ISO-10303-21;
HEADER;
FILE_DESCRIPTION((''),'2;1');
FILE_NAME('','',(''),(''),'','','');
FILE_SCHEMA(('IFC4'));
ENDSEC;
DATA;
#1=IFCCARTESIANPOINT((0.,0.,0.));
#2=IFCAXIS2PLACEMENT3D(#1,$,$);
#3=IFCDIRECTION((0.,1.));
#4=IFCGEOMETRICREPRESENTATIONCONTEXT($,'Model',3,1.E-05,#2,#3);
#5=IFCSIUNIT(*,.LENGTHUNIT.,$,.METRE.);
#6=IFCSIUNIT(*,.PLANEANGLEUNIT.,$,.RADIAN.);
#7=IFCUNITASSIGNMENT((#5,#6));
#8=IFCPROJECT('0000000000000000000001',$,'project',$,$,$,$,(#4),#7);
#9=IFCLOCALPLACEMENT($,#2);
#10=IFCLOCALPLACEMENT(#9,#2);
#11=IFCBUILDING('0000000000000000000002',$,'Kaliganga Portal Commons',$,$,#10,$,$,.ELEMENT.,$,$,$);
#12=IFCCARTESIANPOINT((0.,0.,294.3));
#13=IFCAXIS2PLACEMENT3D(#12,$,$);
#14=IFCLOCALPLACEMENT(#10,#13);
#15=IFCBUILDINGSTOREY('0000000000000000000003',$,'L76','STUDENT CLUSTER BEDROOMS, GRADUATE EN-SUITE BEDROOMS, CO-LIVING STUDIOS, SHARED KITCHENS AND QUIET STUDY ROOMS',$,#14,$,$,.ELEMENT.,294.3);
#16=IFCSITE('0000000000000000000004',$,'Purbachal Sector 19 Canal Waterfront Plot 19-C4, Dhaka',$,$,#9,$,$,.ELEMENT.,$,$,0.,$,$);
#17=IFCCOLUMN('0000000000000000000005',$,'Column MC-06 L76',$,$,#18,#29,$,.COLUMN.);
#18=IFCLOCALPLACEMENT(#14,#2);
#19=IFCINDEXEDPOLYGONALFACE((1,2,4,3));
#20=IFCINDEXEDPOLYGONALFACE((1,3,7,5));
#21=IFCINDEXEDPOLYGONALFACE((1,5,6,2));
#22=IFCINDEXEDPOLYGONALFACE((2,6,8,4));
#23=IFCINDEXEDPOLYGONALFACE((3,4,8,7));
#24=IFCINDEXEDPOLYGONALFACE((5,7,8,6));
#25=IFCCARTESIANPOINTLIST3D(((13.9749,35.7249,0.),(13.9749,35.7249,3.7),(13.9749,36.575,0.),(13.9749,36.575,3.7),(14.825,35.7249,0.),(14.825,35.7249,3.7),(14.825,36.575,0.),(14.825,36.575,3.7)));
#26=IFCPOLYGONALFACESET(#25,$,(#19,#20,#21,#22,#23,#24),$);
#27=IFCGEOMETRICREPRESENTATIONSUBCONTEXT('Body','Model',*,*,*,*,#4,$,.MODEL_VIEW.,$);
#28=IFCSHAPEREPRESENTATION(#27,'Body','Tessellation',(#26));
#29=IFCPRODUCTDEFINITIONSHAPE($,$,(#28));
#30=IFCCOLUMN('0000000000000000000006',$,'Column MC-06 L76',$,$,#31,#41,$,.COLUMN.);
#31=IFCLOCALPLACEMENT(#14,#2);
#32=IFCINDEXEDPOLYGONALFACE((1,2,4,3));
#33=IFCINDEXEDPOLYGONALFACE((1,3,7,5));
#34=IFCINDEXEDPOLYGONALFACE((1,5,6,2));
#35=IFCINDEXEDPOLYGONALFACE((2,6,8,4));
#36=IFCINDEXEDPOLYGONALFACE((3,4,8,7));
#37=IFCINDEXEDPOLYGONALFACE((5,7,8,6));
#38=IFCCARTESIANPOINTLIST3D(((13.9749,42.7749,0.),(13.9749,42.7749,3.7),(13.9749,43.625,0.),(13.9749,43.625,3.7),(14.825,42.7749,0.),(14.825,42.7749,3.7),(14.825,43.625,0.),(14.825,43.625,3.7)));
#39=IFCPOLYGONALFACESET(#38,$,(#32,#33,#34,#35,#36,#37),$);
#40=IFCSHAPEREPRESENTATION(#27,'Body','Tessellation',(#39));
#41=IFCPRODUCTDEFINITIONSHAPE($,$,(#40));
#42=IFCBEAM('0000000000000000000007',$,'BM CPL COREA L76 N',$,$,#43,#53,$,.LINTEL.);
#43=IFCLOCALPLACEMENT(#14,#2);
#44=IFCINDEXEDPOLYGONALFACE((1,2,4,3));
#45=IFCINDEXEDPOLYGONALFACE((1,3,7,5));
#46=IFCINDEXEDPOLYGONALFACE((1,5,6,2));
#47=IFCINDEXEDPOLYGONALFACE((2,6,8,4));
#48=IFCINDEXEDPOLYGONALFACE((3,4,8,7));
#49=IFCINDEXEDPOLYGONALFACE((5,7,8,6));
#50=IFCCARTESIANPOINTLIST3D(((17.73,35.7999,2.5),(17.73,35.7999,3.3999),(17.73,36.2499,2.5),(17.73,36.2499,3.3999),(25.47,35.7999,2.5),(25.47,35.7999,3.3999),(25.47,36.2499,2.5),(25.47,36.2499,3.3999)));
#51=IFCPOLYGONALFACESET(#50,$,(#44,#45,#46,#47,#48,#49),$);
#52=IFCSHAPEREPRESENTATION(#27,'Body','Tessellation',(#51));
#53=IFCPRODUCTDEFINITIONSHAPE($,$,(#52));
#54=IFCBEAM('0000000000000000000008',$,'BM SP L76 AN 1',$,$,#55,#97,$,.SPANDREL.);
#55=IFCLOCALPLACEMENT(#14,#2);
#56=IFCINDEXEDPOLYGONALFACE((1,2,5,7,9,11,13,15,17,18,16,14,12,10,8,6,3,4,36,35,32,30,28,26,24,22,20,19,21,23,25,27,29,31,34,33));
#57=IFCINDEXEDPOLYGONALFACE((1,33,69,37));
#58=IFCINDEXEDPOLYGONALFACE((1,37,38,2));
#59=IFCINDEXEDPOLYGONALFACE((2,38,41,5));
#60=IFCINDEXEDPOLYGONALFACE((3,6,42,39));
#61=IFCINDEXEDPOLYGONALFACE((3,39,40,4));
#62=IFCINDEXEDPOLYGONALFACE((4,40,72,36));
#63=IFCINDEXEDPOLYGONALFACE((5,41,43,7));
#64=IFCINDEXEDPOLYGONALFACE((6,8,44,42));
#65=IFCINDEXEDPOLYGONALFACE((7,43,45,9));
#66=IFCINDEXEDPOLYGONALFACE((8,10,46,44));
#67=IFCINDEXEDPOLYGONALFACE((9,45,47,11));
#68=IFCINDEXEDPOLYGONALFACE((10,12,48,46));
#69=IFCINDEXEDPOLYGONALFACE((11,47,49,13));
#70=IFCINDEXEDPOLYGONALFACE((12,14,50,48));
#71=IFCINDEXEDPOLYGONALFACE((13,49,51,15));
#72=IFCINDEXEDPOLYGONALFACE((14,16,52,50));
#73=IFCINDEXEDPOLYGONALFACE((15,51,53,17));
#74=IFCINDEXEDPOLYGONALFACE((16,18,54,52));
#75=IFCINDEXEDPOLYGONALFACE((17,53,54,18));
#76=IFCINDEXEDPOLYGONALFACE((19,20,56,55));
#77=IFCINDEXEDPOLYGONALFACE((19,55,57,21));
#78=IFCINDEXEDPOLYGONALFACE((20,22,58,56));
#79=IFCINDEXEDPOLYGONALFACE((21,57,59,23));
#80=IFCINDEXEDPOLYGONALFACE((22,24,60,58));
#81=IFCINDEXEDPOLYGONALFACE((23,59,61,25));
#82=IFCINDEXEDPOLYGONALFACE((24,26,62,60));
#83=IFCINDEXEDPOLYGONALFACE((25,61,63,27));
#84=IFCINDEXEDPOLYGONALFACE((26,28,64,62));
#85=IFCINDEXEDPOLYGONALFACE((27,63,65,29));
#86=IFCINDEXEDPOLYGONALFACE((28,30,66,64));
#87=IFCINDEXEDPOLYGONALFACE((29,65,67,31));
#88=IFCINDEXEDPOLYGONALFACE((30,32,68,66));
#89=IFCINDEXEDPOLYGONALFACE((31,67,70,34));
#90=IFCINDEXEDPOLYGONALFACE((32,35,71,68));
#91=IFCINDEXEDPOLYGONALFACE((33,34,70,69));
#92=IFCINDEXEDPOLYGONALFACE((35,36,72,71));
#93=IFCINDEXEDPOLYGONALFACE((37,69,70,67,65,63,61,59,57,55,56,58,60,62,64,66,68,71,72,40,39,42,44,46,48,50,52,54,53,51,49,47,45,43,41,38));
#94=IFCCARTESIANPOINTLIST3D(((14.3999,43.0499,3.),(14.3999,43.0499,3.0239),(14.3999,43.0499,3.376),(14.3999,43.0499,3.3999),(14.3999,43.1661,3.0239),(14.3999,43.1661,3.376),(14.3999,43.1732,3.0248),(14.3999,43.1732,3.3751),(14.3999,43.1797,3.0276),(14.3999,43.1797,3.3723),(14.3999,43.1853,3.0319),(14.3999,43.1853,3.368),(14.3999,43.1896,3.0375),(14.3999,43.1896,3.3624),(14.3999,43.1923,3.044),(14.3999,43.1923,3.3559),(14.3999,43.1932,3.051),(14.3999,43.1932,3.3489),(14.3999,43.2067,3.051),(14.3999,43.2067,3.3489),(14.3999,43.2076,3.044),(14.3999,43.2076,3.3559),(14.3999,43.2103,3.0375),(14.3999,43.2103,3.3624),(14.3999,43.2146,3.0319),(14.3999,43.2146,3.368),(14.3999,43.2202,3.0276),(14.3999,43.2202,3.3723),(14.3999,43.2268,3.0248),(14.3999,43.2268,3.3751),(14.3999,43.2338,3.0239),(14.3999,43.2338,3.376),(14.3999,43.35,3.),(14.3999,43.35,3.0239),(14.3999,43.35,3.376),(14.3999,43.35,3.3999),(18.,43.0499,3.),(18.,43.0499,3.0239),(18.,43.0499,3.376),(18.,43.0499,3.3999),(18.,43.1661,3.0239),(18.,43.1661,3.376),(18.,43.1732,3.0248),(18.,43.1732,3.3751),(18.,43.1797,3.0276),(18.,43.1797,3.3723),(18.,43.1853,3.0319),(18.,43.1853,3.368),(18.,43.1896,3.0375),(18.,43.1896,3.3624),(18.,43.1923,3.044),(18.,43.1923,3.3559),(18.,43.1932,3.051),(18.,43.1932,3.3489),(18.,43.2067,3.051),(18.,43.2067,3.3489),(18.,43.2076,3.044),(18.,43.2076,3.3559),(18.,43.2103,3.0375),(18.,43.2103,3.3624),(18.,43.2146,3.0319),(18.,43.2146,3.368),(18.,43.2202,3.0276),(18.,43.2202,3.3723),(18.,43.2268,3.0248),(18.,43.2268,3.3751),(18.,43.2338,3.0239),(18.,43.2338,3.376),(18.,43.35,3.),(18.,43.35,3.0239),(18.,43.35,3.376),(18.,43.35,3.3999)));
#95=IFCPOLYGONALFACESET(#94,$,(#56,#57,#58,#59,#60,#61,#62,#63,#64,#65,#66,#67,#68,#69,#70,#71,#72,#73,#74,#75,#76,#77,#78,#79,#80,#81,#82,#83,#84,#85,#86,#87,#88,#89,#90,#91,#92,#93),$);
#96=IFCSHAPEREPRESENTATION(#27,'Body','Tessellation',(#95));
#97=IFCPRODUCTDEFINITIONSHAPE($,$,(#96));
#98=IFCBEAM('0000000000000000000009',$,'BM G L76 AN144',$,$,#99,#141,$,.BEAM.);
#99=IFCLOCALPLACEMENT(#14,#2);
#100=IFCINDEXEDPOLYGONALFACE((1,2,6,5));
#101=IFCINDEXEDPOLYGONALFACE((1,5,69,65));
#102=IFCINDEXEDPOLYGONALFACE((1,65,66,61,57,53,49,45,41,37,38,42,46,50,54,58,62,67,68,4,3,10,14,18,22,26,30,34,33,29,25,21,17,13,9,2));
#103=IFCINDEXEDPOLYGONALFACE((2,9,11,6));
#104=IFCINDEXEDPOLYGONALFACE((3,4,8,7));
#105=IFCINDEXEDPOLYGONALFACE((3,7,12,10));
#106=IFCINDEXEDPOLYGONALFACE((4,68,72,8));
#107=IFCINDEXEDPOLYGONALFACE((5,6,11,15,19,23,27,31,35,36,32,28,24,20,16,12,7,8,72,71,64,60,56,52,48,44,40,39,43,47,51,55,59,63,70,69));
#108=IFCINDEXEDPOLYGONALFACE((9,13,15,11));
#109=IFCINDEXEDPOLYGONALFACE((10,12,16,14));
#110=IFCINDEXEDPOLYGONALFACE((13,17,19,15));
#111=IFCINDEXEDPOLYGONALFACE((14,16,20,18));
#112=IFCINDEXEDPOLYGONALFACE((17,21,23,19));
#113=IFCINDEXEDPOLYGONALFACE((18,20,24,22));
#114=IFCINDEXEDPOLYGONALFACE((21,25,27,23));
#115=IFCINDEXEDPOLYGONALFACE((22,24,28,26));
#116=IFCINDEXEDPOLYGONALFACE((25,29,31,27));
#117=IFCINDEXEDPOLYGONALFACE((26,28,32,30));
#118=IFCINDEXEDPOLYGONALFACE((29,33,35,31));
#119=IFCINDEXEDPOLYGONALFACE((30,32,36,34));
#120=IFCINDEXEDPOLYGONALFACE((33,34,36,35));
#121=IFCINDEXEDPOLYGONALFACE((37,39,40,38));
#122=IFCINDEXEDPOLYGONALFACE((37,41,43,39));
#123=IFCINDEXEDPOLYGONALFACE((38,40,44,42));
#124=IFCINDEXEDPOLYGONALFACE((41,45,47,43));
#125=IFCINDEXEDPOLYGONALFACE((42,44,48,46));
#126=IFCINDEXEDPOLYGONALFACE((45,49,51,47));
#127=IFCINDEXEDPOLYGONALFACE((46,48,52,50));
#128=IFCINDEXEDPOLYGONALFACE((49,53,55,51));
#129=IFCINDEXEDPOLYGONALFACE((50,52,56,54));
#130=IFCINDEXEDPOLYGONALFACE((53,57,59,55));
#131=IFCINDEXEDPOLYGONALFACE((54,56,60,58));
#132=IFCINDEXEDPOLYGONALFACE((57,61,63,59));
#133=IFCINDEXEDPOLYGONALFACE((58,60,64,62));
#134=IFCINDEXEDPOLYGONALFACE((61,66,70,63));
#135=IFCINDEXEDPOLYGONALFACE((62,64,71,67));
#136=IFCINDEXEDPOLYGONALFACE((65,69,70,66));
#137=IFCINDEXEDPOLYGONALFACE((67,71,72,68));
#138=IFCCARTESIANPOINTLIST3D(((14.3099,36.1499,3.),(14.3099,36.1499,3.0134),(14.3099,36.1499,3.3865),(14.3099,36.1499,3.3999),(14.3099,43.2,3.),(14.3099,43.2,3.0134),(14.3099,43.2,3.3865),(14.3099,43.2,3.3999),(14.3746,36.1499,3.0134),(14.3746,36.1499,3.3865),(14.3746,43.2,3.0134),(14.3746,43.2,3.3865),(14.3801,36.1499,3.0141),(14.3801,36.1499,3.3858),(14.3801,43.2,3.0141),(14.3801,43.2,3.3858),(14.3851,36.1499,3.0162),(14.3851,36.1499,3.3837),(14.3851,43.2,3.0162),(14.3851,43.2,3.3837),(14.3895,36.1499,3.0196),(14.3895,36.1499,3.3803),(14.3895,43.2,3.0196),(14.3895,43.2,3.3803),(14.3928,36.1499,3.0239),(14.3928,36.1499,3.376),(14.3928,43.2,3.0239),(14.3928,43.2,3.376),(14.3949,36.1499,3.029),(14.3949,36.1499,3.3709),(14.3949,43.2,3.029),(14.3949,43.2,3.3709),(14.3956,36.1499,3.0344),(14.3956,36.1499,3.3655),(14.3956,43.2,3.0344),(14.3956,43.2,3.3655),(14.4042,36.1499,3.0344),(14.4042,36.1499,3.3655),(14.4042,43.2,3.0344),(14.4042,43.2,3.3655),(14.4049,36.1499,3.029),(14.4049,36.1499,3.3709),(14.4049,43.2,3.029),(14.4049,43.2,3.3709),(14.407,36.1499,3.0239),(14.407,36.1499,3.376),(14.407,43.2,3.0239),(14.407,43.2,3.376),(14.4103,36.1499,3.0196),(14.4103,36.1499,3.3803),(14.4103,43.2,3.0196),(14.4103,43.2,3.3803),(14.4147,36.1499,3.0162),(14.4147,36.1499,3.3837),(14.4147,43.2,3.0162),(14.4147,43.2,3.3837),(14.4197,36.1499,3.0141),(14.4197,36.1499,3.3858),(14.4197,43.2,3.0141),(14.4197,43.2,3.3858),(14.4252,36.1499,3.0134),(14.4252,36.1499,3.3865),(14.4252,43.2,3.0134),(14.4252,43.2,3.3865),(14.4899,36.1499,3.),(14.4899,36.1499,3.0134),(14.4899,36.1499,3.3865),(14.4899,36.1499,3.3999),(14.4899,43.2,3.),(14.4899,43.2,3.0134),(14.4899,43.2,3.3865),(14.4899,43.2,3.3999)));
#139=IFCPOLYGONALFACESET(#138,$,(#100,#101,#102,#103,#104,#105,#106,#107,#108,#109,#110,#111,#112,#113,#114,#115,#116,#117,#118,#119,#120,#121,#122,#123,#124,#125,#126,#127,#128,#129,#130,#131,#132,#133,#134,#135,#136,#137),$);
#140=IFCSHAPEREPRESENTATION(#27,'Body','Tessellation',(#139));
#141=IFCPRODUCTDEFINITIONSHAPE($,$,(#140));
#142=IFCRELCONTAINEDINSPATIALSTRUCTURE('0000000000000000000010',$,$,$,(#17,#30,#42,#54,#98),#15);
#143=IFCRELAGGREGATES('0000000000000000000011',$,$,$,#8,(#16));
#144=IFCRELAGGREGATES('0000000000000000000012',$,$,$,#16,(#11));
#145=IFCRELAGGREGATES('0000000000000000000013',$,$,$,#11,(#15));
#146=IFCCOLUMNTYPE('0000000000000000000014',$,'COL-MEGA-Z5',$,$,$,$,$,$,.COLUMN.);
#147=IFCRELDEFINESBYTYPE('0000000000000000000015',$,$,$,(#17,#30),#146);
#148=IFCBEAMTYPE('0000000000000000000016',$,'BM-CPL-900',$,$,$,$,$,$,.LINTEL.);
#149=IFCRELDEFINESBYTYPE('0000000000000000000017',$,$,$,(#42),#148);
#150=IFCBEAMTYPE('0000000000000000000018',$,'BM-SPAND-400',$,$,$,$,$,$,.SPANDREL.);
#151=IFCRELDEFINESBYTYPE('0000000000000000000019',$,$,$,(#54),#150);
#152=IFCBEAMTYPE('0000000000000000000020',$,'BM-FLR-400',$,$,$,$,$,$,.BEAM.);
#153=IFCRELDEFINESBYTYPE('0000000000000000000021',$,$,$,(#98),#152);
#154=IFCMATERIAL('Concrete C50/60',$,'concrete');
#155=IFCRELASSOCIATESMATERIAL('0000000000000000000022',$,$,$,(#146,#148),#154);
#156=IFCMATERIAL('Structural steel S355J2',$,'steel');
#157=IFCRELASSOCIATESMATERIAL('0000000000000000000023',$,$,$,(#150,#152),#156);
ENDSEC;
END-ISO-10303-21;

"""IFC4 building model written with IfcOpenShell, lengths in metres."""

from ifc_helpers import new_model, si_unit, direction, frame, origin, origin_2d, place, context, subcontext, project, spatial, rectangle, i_section, extrude, source, transform, mapped, material, material_profile, profile_set, type_object, element, save


model = new_model("IFC4")

# Units and contexts
model_context = context("Model", 3, precision=1e-05, world=origin(), true_north=direction((0.0, 1.0)))
body_context = subcontext(model_context, "Body", "Model", "MODEL_VIEW")
ifc_project = project(units=[si_unit("LENGTHUNIT", "METRE"), si_unit("PLANEANGLEUNIT", "RADIAN")], contexts=[model_context])

# Site, building, storey
site_placement = place(None, origin())
site = spatial("IfcSite", under=ifc_project, at=site_placement, Name="Purbachal Sector 19 Canal Waterfront Plot 19-C4, Dhaka", CompositionType="ELEMENT", RefElevation=0.0)
building_placement = place(site_placement, origin())
building = spatial("IfcBuilding", under=site, at=building_placement, Name="Kaliganga Portal Commons", CompositionType="ELEMENT")
storey_placement = place(building_placement, frame((0.0, 0.0, 294.3)))
storey = spatial("IfcBuildingStorey", under=building, at=storey_placement, Name="L76", Description="STUDENT CLUSTER BEDROOMS, GRADUATE EN-SUITE BEDROOMS, CO-LIVING STUDIOS, SHARED KITCHENS AND QUIET STUDY ROOMS", CompositionType="ELEMENT", Elevation=294.3)

# Columns
ifc_material_1 = material(Name="Concrete C50/60", Category="concrete")
ifc_material_profile_1 = material_profile(ifc_material_1, rectangle(XDim=0.8501, YDim=0.8501, at=origin_2d()), Name="RC 850x850")
ifc_profile_set_1 = profile_set([ifc_material_profile_1], Name="Concrete C50/60")
column_type = type_object("IfcColumnType", Name="COL-MEGA-Z5", PredefinedType="COLUMN", material=ifc_profile_set_1)
shared_shape_1 = source(origin(), body_context, "Body", "SweptSolid", [
    extrude(rectangle(XDim=0.8501, YDim=0.8501, at=origin_2d()), origin(), (0.0, 0.0, 1.0), 3.7),
])
for number, where, z_axis, x_axis, name in (
    (1, (14.3999, 36.1499, 0.0), (0.0, 0.0, 1.0), (1.0, 0.0, 0.0), "Column MC-06 L76"),
    (2, (14.3999, 43.2, 0.0), (0.0, 0.0, 1.0), (1.0, 0.0, 0.0), "Column MC-06 L76"),
):
    element("IfcColumn", number, at=place(storey_placement, frame(where, z_axis=z_axis, x_axis=x_axis)), inside=storey, type_object=column_type, Name=name, PredefinedType="COLUMN", context=body_context, shape_type="MappedRepresentation", body=[
        mapped(shared_shape_1, transform((0.0, 0.0, 0.0), x_axis=(1.0, 0.0, 0.0), y_axis=(0.0, 1.0, 0.0), z_axis=(0.0, 0.0, 1.0), scale=1.0)),
    ])

# Beams
ifc_material_profile_2 = material_profile(ifc_material_1, rectangle(XDim=0.45, YDim=0.8999, at=origin_2d()), Name="RC 450x900")
ifc_profile_set_2 = profile_set([ifc_material_profile_2], Name="Concrete C50/60")
beam_type_1 = type_object("IfcBeamType", Name="BM-CPL-900", PredefinedType="LINTEL", material=ifc_profile_set_2)
shared_shape_2 = source(origin(), body_context, "Body", "SweptSolid", [
    extrude(rectangle(XDim=0.45, YDim=0.8999, at=origin_2d()), origin(), (0.0, 0.0, 1.0), 7.74),
])
beam_1_placement = place(storey_placement, frame((17.73, 36.0249, 2.95), z_axis=(1.0, 0.0, 0.0), x_axis=(0.0, 1.0, 0.0)))
element("IfcBeam", 3, at=beam_1_placement, inside=storey, type_object=beam_type_1, Name="BM CPL COREA L76 N", PredefinedType="LINTEL", context=body_context, shape_type="MappedRepresentation", body=[
    mapped(shared_shape_2, transform((0.0, 0.0, 0.0), x_axis=(1.0, 0.0, 0.0), y_axis=(0.0, 1.0, 0.0), z_axis=(0.0, 0.0, 1.0), scale=1.0)),
])
ifc_material_2 = material(Name="Structural steel S355J2", Category="steel")
ifc_material_profile_3 = material_profile(ifc_material_2, i_section(OverallWidth=0.3, OverallDepth=0.3999, WebThickness=0.0134, FlangeThickness=0.0239, FilletRadius=0.0271, at=origin_2d()), Name="HE 400 B")
ifc_profile_set_3 = profile_set([ifc_material_profile_3], Name="Structural steel S355J2 wide-flange")
beam_type_2 = type_object("IfcBeamType", Name="BM-SPAND-400", PredefinedType="SPANDREL", material=ifc_profile_set_3)
shared_shape_3 = source(origin(), body_context, "Body", "SweptSolid", [
    extrude(i_section(OverallWidth=0.3, OverallDepth=0.3999, WebThickness=0.0134, FlangeThickness=0.0239, FilletRadius=0.0271, at=origin_2d()), origin(), (0.0, 0.0, 1.0), 3.6001),
])
beam_2_placement = place(storey_placement, frame((14.3999, 43.2, 3.2), z_axis=(1.0, 0.0, 0.0), x_axis=(0.0, 1.0, 0.0)))
element("IfcBeam", 4, at=beam_2_placement, inside=storey, type_object=beam_type_2, Name="BM SP L76 AN 1", PredefinedType="SPANDREL", context=body_context, shape_type="MappedRepresentation", body=[
    mapped(shared_shape_3, transform((0.0, 0.0, 0.0), x_axis=(1.0, 0.0, 0.0), y_axis=(0.0, 1.0, 0.0), z_axis=(0.0, 0.0, 1.0), scale=1.0)),
])
ifc_material_profile_4 = material_profile(ifc_material_2, i_section(OverallWidth=0.1799, OverallDepth=0.3999, WebThickness=0.0085, FlangeThickness=0.0134, FilletRadius=0.021, at=origin_2d()), Name="IPE 400")
ifc_profile_set_4 = profile_set([ifc_material_profile_4], Name="Structural steel S355J2 wide-flange")
beam_type_3 = type_object("IfcBeamType", Name="BM-FLR-400", PredefinedType="BEAM", material=ifc_profile_set_4)
shared_shape_4 = source(origin(), body_context, "Body", "SweptSolid", [
    extrude(i_section(OverallWidth=0.1799, OverallDepth=0.3999, WebThickness=0.0085, FlangeThickness=0.0134, FilletRadius=0.021, at=origin_2d()), origin(), (0.0, 0.0, 1.0), 7.05),
])
beam_3_placement = place(storey_placement, frame((14.3999, 36.1499, 3.2), z_axis=(0.0, 1.0, 0.0), x_axis=(-1.0, 0.0, 0.0)))
element("IfcBeam", 5, at=beam_3_placement, inside=storey, type_object=beam_type_3, Name="BM G L76 AN144", PredefinedType="BEAM", context=body_context, shape_type="MappedRepresentation", body=[
    mapped(shared_shape_4, transform((0.0, 0.0, 0.0), x_axis=(1.0, 0.0, 0.0), y_axis=(0.0, 1.0, 0.0), z_axis=(0.0, 0.0, 1.0), scale=1.0)),
])

save(model, "model.ifc")
